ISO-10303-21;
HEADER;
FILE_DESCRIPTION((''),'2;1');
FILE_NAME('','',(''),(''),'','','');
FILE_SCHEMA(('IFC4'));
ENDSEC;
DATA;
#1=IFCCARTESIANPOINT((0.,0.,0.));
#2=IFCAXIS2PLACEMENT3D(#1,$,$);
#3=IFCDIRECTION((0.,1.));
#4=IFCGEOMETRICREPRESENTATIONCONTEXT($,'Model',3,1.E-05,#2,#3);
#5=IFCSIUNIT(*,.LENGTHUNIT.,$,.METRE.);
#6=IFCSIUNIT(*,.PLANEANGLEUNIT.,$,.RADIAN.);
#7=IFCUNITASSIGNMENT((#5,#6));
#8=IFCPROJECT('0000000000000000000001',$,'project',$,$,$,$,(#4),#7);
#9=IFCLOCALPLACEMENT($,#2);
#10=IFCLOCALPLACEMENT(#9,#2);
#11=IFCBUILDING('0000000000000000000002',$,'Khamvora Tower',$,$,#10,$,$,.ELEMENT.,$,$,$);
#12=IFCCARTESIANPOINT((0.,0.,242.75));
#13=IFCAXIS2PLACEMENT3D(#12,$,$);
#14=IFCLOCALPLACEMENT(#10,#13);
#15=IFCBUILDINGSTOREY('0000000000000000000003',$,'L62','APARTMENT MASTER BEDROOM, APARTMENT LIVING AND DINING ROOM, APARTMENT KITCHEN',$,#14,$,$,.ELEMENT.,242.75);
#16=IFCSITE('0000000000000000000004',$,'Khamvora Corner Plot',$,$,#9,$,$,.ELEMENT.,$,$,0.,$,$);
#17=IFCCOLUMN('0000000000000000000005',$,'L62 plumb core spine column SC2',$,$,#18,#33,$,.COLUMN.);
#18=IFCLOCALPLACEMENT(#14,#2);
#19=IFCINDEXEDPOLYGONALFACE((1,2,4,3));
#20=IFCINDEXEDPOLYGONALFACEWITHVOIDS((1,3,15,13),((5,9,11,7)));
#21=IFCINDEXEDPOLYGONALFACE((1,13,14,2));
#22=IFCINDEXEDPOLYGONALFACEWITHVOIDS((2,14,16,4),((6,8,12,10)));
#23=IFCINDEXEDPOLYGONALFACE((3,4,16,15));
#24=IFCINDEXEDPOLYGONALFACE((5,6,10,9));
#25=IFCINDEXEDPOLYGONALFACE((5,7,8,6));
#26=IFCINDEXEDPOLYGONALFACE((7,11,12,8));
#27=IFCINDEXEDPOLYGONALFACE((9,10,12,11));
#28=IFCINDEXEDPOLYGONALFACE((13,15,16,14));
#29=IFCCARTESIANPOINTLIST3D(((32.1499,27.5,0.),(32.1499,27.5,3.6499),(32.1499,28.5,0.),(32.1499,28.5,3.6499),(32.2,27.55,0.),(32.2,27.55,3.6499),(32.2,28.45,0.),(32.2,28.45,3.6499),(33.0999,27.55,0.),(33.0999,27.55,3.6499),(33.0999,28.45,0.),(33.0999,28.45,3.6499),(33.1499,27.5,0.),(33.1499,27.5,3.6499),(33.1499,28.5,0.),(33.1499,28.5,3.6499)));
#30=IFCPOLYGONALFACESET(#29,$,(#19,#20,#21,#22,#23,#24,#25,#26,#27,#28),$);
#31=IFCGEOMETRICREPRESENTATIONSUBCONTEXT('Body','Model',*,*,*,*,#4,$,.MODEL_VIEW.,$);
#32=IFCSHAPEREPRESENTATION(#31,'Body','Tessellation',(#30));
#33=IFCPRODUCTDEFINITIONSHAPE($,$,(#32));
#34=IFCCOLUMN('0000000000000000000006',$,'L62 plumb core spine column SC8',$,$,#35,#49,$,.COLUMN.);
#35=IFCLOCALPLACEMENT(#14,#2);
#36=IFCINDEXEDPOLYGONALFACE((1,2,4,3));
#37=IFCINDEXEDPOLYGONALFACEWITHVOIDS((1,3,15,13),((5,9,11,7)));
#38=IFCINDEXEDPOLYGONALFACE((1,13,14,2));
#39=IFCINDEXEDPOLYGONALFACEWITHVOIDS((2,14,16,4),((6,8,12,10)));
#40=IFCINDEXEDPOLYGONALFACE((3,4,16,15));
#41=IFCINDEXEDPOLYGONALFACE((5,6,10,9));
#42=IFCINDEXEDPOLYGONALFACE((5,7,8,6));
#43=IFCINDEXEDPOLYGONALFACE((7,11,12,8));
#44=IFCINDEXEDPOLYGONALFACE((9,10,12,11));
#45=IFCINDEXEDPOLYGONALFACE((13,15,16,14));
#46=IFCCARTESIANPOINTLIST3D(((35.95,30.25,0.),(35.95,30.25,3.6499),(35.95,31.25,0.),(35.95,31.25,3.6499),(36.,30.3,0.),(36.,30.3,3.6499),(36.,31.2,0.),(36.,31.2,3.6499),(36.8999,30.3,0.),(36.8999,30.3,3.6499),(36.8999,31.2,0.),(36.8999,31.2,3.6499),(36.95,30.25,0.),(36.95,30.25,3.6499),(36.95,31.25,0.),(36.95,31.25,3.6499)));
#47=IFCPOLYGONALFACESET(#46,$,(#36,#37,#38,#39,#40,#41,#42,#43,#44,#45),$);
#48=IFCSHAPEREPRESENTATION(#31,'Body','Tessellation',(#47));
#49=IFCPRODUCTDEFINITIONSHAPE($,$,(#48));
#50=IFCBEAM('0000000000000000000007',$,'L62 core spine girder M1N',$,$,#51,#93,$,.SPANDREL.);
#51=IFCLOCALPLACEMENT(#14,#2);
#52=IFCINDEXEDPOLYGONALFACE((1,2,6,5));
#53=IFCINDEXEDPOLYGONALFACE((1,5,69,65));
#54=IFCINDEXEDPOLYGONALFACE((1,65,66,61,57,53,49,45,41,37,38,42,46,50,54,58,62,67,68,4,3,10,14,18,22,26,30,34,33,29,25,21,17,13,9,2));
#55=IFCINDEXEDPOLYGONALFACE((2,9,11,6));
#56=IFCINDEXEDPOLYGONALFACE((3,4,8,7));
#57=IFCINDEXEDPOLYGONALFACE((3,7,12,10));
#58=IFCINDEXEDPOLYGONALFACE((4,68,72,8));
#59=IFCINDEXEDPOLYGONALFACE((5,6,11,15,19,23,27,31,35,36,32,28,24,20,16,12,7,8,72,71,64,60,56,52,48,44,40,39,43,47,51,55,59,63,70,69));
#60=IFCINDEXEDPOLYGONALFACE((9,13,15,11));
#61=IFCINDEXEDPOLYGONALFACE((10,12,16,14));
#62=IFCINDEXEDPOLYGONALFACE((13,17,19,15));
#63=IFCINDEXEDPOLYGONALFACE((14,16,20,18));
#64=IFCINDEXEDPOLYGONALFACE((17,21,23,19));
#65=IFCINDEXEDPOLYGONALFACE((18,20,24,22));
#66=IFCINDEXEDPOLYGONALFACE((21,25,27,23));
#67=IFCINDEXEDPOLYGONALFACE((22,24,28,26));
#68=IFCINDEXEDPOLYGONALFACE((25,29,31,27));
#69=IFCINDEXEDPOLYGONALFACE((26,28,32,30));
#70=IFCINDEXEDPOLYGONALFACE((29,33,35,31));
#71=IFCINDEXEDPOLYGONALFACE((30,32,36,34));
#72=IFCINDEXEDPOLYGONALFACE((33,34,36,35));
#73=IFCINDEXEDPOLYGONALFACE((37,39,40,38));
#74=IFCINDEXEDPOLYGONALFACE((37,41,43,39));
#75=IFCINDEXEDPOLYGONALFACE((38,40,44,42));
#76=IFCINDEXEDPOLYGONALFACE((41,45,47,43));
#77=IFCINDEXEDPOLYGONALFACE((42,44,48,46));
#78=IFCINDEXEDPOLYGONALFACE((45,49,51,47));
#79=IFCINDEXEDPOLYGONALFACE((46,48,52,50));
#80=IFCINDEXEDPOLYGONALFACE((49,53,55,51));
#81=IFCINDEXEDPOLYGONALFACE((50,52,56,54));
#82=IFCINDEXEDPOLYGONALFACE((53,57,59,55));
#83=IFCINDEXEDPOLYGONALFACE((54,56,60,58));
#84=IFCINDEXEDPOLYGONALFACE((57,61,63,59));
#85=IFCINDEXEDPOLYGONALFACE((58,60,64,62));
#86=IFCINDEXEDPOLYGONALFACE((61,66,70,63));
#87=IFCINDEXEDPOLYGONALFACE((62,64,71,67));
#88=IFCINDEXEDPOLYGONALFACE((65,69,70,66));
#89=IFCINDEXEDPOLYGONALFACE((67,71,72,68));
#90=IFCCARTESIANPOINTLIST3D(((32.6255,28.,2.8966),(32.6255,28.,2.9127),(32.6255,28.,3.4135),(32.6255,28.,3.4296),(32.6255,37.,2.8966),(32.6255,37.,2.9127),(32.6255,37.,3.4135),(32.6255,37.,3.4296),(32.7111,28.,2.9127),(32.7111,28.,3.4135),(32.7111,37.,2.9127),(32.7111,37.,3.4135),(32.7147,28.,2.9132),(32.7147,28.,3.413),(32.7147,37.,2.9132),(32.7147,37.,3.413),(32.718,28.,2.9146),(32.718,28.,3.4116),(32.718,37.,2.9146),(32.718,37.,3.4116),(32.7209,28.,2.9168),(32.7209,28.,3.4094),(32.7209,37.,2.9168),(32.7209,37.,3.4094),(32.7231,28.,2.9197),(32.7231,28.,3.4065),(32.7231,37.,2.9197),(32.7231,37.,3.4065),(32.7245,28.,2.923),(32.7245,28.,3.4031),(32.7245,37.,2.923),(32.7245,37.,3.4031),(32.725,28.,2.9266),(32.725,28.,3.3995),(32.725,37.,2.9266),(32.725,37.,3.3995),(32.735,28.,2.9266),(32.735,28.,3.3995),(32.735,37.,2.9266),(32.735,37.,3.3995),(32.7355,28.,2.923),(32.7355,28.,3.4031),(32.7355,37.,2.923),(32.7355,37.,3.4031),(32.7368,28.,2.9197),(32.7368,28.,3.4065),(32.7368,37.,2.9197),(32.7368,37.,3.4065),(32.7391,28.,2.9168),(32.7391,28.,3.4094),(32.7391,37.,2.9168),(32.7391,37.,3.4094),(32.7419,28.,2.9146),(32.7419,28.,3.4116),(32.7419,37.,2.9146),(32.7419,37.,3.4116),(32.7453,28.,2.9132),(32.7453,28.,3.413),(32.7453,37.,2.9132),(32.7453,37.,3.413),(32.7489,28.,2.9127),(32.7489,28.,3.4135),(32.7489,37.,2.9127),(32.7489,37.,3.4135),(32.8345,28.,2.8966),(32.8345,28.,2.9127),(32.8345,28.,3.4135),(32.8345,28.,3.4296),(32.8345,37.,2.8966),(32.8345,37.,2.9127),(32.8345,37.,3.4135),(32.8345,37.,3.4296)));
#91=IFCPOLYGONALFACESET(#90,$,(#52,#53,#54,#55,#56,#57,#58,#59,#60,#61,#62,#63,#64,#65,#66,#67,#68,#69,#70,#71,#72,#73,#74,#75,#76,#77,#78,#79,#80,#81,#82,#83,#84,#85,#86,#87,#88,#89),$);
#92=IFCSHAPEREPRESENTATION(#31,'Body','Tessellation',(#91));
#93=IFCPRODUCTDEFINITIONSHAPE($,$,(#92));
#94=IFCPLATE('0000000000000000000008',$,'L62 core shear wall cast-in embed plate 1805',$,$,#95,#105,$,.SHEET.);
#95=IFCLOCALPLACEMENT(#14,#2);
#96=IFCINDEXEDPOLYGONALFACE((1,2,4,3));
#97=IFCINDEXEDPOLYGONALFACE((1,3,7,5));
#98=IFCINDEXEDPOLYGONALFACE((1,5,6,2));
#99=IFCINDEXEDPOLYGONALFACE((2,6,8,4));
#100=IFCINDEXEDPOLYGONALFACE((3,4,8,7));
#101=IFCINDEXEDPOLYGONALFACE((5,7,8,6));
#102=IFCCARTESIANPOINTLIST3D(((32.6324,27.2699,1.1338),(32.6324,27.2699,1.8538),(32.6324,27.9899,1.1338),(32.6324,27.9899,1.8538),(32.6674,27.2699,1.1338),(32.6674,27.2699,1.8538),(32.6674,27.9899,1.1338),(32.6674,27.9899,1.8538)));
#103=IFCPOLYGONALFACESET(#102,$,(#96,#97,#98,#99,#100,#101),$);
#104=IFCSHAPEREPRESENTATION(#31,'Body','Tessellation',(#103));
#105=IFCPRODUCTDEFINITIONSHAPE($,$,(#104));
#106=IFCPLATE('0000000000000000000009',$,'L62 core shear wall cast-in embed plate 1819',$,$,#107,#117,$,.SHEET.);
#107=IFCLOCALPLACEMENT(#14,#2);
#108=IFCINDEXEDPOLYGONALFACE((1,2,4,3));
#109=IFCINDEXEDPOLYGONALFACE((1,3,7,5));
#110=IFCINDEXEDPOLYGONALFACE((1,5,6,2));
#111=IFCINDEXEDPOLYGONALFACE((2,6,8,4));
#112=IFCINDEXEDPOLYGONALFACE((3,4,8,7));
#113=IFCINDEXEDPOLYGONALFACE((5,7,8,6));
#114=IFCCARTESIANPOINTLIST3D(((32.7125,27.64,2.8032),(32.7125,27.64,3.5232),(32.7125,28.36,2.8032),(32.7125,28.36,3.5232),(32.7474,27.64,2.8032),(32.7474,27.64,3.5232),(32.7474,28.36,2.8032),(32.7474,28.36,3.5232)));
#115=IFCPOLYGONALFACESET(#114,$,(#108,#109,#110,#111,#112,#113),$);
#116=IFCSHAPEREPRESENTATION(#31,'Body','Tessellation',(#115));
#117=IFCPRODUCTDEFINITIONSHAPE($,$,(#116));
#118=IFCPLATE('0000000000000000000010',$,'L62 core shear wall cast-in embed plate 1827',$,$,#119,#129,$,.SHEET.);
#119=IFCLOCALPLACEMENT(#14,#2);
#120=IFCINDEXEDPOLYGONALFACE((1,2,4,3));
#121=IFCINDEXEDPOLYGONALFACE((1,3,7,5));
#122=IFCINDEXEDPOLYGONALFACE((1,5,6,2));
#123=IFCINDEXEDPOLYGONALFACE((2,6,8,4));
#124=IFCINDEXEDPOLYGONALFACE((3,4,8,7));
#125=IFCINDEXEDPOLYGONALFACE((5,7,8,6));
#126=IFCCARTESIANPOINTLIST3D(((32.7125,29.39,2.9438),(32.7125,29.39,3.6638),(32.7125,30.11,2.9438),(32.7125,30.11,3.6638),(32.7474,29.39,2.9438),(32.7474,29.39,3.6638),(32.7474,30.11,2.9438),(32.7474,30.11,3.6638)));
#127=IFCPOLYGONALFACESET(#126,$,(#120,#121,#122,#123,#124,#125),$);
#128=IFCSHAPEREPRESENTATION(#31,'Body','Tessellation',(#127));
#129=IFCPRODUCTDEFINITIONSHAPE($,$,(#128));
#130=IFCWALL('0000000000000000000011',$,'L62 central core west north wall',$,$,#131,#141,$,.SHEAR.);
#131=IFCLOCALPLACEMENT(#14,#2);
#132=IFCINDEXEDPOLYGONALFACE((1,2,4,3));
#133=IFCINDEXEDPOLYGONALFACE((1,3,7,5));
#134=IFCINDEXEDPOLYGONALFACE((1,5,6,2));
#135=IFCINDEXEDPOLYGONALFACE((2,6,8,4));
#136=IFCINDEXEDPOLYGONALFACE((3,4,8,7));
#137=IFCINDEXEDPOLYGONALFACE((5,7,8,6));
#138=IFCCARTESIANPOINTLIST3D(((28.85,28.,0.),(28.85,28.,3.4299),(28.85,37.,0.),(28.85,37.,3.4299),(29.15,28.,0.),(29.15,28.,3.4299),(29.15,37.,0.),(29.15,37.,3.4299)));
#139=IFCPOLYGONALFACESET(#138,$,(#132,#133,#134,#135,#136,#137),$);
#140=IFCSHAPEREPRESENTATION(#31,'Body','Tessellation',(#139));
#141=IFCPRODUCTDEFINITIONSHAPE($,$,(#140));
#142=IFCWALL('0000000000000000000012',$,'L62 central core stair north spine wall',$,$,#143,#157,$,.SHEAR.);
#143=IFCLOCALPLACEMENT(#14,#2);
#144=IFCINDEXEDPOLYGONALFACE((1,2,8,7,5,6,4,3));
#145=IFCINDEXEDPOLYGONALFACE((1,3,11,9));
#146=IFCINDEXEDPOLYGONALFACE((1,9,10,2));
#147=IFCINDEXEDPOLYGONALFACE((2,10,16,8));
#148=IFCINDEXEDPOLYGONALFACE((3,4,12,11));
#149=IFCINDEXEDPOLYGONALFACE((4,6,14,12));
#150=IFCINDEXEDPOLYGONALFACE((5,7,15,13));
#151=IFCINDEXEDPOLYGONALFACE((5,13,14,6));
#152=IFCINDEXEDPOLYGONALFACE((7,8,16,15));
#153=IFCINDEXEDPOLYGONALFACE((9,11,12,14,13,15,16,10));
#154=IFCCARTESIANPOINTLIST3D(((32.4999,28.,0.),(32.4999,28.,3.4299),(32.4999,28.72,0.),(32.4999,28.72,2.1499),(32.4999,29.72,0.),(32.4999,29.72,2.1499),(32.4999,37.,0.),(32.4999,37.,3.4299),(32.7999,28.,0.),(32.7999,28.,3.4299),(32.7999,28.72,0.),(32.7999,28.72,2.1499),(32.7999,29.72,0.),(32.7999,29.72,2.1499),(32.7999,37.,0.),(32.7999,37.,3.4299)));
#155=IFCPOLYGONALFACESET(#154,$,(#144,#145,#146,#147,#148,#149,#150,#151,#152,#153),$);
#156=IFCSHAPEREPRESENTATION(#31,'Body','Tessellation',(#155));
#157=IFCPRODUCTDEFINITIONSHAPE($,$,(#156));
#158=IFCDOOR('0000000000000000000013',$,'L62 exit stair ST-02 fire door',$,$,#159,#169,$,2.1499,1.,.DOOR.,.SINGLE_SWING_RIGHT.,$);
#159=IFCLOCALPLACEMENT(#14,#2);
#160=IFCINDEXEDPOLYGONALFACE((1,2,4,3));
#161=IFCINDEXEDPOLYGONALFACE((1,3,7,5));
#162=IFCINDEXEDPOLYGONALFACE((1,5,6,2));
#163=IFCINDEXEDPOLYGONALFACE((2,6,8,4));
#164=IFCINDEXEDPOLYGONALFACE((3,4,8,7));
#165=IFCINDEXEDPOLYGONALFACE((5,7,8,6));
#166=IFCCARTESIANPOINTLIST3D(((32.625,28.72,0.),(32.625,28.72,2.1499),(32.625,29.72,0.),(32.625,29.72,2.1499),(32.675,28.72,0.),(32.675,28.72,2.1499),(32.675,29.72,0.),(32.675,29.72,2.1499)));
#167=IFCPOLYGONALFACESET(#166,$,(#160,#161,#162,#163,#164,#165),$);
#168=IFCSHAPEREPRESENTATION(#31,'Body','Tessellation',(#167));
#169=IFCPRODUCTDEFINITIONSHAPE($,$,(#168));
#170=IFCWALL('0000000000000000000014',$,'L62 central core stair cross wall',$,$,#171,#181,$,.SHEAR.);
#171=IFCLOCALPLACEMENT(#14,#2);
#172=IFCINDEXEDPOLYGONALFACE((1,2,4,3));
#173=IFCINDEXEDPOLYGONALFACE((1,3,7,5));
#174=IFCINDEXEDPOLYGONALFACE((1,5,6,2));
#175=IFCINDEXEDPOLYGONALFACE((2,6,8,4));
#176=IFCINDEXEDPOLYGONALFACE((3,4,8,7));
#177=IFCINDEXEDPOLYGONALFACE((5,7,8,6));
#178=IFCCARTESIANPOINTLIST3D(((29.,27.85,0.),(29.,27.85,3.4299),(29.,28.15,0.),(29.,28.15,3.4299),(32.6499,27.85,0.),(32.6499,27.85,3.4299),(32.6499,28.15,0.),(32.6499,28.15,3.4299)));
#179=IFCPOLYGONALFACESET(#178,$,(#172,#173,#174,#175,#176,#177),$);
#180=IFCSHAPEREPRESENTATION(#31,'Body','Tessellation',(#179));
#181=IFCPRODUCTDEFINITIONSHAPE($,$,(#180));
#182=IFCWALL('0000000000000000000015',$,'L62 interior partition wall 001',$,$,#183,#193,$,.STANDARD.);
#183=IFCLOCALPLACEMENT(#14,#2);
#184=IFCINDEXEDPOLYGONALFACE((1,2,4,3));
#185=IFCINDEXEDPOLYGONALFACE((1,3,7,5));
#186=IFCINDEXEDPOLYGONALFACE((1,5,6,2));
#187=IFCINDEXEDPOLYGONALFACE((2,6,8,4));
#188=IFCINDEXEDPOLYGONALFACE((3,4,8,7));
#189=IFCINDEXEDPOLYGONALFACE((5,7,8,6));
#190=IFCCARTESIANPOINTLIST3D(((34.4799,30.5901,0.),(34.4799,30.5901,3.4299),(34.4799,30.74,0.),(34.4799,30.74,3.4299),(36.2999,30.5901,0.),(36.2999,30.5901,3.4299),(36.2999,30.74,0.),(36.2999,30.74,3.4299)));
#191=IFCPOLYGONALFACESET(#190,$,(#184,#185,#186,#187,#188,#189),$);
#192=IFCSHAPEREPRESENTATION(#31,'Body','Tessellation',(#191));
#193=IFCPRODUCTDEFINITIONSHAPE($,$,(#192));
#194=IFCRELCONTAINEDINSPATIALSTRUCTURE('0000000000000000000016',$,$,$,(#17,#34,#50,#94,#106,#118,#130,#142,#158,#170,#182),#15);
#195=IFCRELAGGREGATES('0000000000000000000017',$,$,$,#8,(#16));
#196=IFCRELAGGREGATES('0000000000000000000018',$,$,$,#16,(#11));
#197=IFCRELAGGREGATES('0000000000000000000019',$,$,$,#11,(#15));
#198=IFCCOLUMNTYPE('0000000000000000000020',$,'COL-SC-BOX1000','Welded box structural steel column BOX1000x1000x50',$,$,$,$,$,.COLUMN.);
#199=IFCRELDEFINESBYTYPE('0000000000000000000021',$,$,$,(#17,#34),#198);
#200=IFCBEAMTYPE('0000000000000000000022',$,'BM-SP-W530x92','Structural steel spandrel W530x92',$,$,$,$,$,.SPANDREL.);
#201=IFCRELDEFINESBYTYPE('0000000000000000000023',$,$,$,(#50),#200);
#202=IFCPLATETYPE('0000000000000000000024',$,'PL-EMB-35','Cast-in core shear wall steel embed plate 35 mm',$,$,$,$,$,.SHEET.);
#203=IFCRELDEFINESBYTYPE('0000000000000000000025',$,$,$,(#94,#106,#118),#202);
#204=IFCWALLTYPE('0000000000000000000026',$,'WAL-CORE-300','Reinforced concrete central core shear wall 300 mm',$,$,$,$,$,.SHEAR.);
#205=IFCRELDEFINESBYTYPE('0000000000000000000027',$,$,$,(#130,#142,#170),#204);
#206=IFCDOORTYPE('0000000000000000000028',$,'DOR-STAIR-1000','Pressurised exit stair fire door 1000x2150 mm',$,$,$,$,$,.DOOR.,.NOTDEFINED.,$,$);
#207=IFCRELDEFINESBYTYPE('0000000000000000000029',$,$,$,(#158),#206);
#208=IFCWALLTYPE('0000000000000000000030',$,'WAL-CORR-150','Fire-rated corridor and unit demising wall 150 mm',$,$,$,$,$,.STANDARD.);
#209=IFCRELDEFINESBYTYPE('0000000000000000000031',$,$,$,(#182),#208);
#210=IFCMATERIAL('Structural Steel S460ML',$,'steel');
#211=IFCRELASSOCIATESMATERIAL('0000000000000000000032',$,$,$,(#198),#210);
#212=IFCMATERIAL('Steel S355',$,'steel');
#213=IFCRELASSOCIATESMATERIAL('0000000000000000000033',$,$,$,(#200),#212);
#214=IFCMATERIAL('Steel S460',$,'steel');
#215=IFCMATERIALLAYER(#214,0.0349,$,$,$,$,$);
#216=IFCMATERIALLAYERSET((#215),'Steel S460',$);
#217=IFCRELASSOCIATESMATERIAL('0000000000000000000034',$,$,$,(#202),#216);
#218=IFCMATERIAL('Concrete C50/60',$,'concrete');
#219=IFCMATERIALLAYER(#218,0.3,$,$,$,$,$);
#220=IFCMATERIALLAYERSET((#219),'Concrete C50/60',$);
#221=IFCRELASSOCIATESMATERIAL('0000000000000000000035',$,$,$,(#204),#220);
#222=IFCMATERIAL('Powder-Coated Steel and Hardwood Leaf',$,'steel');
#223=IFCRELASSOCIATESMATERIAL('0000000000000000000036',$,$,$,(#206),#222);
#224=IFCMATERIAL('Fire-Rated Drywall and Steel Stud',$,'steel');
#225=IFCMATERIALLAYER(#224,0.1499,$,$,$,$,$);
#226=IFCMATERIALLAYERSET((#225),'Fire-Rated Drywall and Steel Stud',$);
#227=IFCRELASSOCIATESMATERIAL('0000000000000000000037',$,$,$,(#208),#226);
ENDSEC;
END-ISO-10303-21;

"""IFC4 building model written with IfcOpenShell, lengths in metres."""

from ifc_helpers import new_model, si_unit, direction, frame, frame_2d, origin, origin_2d, place, context, subcontext, project, spatial, rectangle, hollow_rectangle, i_section, extrude, material, layer, layer_set, material_profile, profile_set, type_object, element, fill, save


model = new_model("IFC4")

# Units and contexts
model_context = context("Model", 3, precision=1e-05, world=origin(), true_north=direction((0.0, 1.0)))
body_context = subcontext(model_context, "Body", "Model", "MODEL_VIEW")
ifc_project = project(units=[si_unit("LENGTHUNIT", "METRE"), si_unit("PLANEANGLEUNIT", "RADIAN")], contexts=[model_context])

# Site, building, storey
site_placement = place(None, origin())
site = spatial("IfcSite", under=ifc_project, at=site_placement, Name="Khamvora Corner Plot", CompositionType="ELEMENT", RefElevation=0.0)
building_placement = place(site_placement, origin())
building = spatial("IfcBuilding", under=site, at=building_placement, Name="Khamvora Tower", CompositionType="ELEMENT")
storey_placement = place(building_placement, frame((0.0, 0.0, 242.75)))
storey = spatial("IfcBuildingStorey", under=building, at=storey_placement, Name="L62", Description="APARTMENT MASTER BEDROOM, APARTMENT LIVING AND DINING ROOM, APARTMENT KITCHEN", CompositionType="ELEMENT", Elevation=242.75)

# Columns
ifc_material_1 = material(Name="Structural Steel S460ML", Category="steel")
ifc_material_profile_1 = material_profile(ifc_material_1, hollow_rectangle(XDim=1.0, YDim=1.0, WallThickness=0.05, at=origin_2d()), Name="BOX1000x1000x50")
ifc_profile_set_1 = profile_set([ifc_material_profile_1], Name="Structural Steel S460ML")
column_type = type_object("IfcColumnType", Name="COL-SC-BOX1000", Description="Welded box structural steel column BOX1000x1000x50", PredefinedType="COLUMN", material=ifc_profile_set_1)
for number, where, z_axis, x_axis, name in (
    (1, (32.6499, 28.0, 0.0), (0.0, 0.0, 1.0), (1.0, 0.0, 0.0), "L62 plumb core spine column SC2"),
    (2, (36.45, 30.75, 0.0), (0.0, 0.0, 1.0), (1.0, 0.0, 0.0), "L62 plumb core spine column SC8"),
):
    element("IfcColumn", number, at=place(storey_placement, frame(where, z_axis=z_axis, x_axis=x_axis)), inside=storey, type_object=column_type, Name=name, PredefinedType="COLUMN", context=body_context, shape_type="SweptSolid", body=[
        extrude(hollow_rectangle(XDim=1.0, YDim=1.0, WallThickness=0.05, at=origin_2d()), origin(), (0.0, 0.0, 1.0), 3.6499),
    ])

# Beam
ifc_material_2 = material(Name="Steel S355", Category="steel")
ifc_material_profile_2 = material_profile(ifc_material_2, i_section(OverallWidth=0.209, OverallDepth=0.533, WebThickness=0.01, FlangeThickness=0.0161, FilletRadius=0.0139, at=origin_2d()), Name="W530x92")
ifc_profile_set_2 = profile_set([ifc_material_profile_2], Name="Steel S355")
beam_type = type_object("IfcBeamType", Name="BM-SP-W530x92", Description="Structural steel spandrel W530x92", PredefinedType="SPANDREL", material=ifc_profile_set_2)
beam_placement = place(storey_placement, frame((32.73, 28.0, 3.1631), z_axis=(0.0, 1.0, 0.0), x_axis=(-1.0, 0.0, 0.0)))
element("IfcBeam", 3, at=beam_placement, inside=storey, type_object=beam_type, Name="L62 core spine girder M1N", PredefinedType="SPANDREL", context=body_context, shape_type="SweptSolid", body=[
    extrude(i_section(OverallWidth=0.209, OverallDepth=0.533, WebThickness=0.01, FlangeThickness=0.0161, FilletRadius=0.0139, at=origin_2d()), origin(), (0.0, 0.0, 1.0), 9.0),
])

# Plates
ifc_material_3 = material(Name="Steel S460", Category="steel")
ifc_layer_1 = layer(ifc_material_3, 0.0349)
ifc_layer_set_1 = layer_set([ifc_layer_1], Name="Steel S460")
plate_type = type_object("IfcPlateType", Name="PL-EMB-35", Description="Cast-in core shear wall steel embed plate 35 mm", PredefinedType="SHEET", material=ifc_layer_set_1)
for number, where, z_axis, x_axis, name in (
    (4, (32.6499, 27.6299, 1.1338), (0.0, 0.0, 1.0), (1.0, 0.0, 0.0), "L62 core shear wall cast-in embed plate 1805"),
    (5, (32.73, 28.0, 2.8032), (0.0, 0.0, 1.0), (1.0, 0.0, 0.0), "L62 core shear wall cast-in embed plate 1819"),
    (6, (32.73, 29.75, 2.9438), (0.0, 0.0, 1.0), (1.0, 0.0, 0.0), "L62 core shear wall cast-in embed plate 1827"),
):
    element("IfcPlate", number, at=place(storey_placement, frame(where, z_axis=z_axis, x_axis=x_axis)), inside=storey, type_object=plate_type, Name=name, PredefinedType="SHEET", context=body_context, shape_type="SweptSolid", body=[
        extrude(rectangle(XDim=0.0349, YDim=0.72, at=origin_2d()), origin(), (0.0, 0.0, 1.0), 0.72),
    ])

# Wall
ifc_material_4 = material(Name="Concrete C50/60", Category="concrete")
ifc_layer_2 = layer(ifc_material_4, 0.3)
ifc_layer_set_2 = layer_set([ifc_layer_2], Name="Concrete C50/60")
wall_type_1 = type_object("IfcWallType", Name="WAL-CORE-300", Description="Reinforced concrete central core shear wall 300 mm", PredefinedType="SHEAR", material=ifc_layer_set_2)
wall_1_placement = place(storey_placement, frame((29.0, 28.0, 0.0), z_axis=(0.0, 0.0, 1.0), x_axis=(0.0, 1.0, 0.0)))
element("IfcWall", 7, at=wall_1_placement, inside=storey, type_object=wall_type_1, Name="L62 central core west north wall", PredefinedType="SHEAR", context=body_context, shape_type="SweptSolid", body=[
    extrude(rectangle(XDim=9.0, YDim=0.3, at=frame_2d((4.5, 0.0))), origin(), (0.0, 0.0, 1.0), 3.4299),
])

# Wall, opening, door
wall_2_placement = place(storey_placement, frame((32.6499, 28.0, 0.0), z_axis=(0.0, 0.0, 1.0), x_axis=(0.0, 1.0, 0.0)))
wall_2 = element("IfcWall", 8, at=wall_2_placement, inside=storey, type_object=wall_type_1, Name="L62 central core stair north spine wall", PredefinedType="SHEAR", context=body_context, shape_type="SweptSolid", body=[
    extrude(rectangle(XDim=9.0, YDim=0.3, at=frame_2d((4.5, 0.0))), origin(), (0.0, 0.0, 1.0), 3.4299),
])
opening_1_placement = place(wall_2_placement, frame((0.72, 0.0, 0.0)))
opening_1 = element("IfcOpeningElement", 9, at=opening_1_placement, cuts=wall_2, PredefinedType="OPENING", context=body_context, shape_type="SweptSolid", body=[
    extrude(rectangle(XDim=1.0, YDim=2.1499, at=frame_2d((0.5, 1.075))), frame((0.0, 0.1599, 0.0), z_axis=(0.0, -1.0, 0.0), x_axis=(1.0, 0.0, 0.0)), (0.0, 0.0, 1.0), 0.3201),
])
ifc_material_5 = material(Name="Powder-Coated Steel and Hardwood Leaf", Category="steel")
door_type_1 = type_object("IfcDoorType", Name="DOR-STAIR-1000", Description="Pressurised exit stair fire door 1000x2150 mm", OperationType="NOTDEFINED", PredefinedType="DOOR", material=ifc_material_5)
door_1_placement = place(opening_1_placement, origin())
door_1 = element("IfcDoor", 10, at=door_1_placement, inside=storey, type_object=door_type_1, Name="L62 exit stair ST-02 fire door", OperationType="SINGLE_SWING_RIGHT", OverallHeight=2.1499, OverallWidth=1.0, PredefinedType="DOOR", context=body_context, shape_type="SweptSolid", body=[
    extrude(rectangle(XDim=1.0, YDim=2.1499, at=frame_2d((0.5, 1.075))), frame((0.0, 0.0249, 0.0), z_axis=(0.0, -1.0, 0.0), x_axis=(1.0, 0.0, 0.0)), (0.0, 0.0, 1.0), 0.05),
])
fill(opening_1, door_1)

# Wall
wall_3_placement = place(storey_placement, frame((29.0, 28.0, 0.0), z_axis=(0.0, 0.0, 1.0), x_axis=(1.0, 0.0, 0.0)))
element("IfcWall", 11, at=wall_3_placement, inside=storey, type_object=wall_type_1, Name="L62 central core stair cross wall", PredefinedType="SHEAR", context=body_context, shape_type="SweptSolid", body=[
    extrude(rectangle(XDim=3.6499, YDim=0.3, at=frame_2d((1.825, 0.0))), origin(), (0.0, 0.0, 1.0), 3.4299),
])

# Wall
ifc_material_6 = material(Name="Fire-Rated Drywall and Steel Stud", Category="steel")
ifc_layer_3 = layer(ifc_material_6, 0.1499)
ifc_layer_set_3 = layer_set([ifc_layer_3], Name="Fire-Rated Drywall and Steel Stud")
wall_type_2 = type_object("IfcWallType", Name="WAL-CORR-150", Description="Fire-rated corridor and unit demising wall 150 mm", PredefinedType="STANDARD", material=ifc_layer_set_3)
wall_4_placement = place(storey_placement, frame((36.3, 30.665, 0.0), z_axis=(0.0, 0.0, 1.0), x_axis=(-1.0, 0.0, 0.0)))
element("IfcWall", 12, at=wall_4_placement, inside=storey, type_object=wall_type_2, Name="L62 interior partition wall 001", PredefinedType="STANDARD", context=body_context, shape_type="SweptSolid", body=[
    extrude(rectangle(XDim=1.8201, YDim=0.1499, at=frame_2d((0.9102, 0.0))), origin(), (0.0, 0.0, 1.0), 3.4299),
])

save(model, "model.ifc")
